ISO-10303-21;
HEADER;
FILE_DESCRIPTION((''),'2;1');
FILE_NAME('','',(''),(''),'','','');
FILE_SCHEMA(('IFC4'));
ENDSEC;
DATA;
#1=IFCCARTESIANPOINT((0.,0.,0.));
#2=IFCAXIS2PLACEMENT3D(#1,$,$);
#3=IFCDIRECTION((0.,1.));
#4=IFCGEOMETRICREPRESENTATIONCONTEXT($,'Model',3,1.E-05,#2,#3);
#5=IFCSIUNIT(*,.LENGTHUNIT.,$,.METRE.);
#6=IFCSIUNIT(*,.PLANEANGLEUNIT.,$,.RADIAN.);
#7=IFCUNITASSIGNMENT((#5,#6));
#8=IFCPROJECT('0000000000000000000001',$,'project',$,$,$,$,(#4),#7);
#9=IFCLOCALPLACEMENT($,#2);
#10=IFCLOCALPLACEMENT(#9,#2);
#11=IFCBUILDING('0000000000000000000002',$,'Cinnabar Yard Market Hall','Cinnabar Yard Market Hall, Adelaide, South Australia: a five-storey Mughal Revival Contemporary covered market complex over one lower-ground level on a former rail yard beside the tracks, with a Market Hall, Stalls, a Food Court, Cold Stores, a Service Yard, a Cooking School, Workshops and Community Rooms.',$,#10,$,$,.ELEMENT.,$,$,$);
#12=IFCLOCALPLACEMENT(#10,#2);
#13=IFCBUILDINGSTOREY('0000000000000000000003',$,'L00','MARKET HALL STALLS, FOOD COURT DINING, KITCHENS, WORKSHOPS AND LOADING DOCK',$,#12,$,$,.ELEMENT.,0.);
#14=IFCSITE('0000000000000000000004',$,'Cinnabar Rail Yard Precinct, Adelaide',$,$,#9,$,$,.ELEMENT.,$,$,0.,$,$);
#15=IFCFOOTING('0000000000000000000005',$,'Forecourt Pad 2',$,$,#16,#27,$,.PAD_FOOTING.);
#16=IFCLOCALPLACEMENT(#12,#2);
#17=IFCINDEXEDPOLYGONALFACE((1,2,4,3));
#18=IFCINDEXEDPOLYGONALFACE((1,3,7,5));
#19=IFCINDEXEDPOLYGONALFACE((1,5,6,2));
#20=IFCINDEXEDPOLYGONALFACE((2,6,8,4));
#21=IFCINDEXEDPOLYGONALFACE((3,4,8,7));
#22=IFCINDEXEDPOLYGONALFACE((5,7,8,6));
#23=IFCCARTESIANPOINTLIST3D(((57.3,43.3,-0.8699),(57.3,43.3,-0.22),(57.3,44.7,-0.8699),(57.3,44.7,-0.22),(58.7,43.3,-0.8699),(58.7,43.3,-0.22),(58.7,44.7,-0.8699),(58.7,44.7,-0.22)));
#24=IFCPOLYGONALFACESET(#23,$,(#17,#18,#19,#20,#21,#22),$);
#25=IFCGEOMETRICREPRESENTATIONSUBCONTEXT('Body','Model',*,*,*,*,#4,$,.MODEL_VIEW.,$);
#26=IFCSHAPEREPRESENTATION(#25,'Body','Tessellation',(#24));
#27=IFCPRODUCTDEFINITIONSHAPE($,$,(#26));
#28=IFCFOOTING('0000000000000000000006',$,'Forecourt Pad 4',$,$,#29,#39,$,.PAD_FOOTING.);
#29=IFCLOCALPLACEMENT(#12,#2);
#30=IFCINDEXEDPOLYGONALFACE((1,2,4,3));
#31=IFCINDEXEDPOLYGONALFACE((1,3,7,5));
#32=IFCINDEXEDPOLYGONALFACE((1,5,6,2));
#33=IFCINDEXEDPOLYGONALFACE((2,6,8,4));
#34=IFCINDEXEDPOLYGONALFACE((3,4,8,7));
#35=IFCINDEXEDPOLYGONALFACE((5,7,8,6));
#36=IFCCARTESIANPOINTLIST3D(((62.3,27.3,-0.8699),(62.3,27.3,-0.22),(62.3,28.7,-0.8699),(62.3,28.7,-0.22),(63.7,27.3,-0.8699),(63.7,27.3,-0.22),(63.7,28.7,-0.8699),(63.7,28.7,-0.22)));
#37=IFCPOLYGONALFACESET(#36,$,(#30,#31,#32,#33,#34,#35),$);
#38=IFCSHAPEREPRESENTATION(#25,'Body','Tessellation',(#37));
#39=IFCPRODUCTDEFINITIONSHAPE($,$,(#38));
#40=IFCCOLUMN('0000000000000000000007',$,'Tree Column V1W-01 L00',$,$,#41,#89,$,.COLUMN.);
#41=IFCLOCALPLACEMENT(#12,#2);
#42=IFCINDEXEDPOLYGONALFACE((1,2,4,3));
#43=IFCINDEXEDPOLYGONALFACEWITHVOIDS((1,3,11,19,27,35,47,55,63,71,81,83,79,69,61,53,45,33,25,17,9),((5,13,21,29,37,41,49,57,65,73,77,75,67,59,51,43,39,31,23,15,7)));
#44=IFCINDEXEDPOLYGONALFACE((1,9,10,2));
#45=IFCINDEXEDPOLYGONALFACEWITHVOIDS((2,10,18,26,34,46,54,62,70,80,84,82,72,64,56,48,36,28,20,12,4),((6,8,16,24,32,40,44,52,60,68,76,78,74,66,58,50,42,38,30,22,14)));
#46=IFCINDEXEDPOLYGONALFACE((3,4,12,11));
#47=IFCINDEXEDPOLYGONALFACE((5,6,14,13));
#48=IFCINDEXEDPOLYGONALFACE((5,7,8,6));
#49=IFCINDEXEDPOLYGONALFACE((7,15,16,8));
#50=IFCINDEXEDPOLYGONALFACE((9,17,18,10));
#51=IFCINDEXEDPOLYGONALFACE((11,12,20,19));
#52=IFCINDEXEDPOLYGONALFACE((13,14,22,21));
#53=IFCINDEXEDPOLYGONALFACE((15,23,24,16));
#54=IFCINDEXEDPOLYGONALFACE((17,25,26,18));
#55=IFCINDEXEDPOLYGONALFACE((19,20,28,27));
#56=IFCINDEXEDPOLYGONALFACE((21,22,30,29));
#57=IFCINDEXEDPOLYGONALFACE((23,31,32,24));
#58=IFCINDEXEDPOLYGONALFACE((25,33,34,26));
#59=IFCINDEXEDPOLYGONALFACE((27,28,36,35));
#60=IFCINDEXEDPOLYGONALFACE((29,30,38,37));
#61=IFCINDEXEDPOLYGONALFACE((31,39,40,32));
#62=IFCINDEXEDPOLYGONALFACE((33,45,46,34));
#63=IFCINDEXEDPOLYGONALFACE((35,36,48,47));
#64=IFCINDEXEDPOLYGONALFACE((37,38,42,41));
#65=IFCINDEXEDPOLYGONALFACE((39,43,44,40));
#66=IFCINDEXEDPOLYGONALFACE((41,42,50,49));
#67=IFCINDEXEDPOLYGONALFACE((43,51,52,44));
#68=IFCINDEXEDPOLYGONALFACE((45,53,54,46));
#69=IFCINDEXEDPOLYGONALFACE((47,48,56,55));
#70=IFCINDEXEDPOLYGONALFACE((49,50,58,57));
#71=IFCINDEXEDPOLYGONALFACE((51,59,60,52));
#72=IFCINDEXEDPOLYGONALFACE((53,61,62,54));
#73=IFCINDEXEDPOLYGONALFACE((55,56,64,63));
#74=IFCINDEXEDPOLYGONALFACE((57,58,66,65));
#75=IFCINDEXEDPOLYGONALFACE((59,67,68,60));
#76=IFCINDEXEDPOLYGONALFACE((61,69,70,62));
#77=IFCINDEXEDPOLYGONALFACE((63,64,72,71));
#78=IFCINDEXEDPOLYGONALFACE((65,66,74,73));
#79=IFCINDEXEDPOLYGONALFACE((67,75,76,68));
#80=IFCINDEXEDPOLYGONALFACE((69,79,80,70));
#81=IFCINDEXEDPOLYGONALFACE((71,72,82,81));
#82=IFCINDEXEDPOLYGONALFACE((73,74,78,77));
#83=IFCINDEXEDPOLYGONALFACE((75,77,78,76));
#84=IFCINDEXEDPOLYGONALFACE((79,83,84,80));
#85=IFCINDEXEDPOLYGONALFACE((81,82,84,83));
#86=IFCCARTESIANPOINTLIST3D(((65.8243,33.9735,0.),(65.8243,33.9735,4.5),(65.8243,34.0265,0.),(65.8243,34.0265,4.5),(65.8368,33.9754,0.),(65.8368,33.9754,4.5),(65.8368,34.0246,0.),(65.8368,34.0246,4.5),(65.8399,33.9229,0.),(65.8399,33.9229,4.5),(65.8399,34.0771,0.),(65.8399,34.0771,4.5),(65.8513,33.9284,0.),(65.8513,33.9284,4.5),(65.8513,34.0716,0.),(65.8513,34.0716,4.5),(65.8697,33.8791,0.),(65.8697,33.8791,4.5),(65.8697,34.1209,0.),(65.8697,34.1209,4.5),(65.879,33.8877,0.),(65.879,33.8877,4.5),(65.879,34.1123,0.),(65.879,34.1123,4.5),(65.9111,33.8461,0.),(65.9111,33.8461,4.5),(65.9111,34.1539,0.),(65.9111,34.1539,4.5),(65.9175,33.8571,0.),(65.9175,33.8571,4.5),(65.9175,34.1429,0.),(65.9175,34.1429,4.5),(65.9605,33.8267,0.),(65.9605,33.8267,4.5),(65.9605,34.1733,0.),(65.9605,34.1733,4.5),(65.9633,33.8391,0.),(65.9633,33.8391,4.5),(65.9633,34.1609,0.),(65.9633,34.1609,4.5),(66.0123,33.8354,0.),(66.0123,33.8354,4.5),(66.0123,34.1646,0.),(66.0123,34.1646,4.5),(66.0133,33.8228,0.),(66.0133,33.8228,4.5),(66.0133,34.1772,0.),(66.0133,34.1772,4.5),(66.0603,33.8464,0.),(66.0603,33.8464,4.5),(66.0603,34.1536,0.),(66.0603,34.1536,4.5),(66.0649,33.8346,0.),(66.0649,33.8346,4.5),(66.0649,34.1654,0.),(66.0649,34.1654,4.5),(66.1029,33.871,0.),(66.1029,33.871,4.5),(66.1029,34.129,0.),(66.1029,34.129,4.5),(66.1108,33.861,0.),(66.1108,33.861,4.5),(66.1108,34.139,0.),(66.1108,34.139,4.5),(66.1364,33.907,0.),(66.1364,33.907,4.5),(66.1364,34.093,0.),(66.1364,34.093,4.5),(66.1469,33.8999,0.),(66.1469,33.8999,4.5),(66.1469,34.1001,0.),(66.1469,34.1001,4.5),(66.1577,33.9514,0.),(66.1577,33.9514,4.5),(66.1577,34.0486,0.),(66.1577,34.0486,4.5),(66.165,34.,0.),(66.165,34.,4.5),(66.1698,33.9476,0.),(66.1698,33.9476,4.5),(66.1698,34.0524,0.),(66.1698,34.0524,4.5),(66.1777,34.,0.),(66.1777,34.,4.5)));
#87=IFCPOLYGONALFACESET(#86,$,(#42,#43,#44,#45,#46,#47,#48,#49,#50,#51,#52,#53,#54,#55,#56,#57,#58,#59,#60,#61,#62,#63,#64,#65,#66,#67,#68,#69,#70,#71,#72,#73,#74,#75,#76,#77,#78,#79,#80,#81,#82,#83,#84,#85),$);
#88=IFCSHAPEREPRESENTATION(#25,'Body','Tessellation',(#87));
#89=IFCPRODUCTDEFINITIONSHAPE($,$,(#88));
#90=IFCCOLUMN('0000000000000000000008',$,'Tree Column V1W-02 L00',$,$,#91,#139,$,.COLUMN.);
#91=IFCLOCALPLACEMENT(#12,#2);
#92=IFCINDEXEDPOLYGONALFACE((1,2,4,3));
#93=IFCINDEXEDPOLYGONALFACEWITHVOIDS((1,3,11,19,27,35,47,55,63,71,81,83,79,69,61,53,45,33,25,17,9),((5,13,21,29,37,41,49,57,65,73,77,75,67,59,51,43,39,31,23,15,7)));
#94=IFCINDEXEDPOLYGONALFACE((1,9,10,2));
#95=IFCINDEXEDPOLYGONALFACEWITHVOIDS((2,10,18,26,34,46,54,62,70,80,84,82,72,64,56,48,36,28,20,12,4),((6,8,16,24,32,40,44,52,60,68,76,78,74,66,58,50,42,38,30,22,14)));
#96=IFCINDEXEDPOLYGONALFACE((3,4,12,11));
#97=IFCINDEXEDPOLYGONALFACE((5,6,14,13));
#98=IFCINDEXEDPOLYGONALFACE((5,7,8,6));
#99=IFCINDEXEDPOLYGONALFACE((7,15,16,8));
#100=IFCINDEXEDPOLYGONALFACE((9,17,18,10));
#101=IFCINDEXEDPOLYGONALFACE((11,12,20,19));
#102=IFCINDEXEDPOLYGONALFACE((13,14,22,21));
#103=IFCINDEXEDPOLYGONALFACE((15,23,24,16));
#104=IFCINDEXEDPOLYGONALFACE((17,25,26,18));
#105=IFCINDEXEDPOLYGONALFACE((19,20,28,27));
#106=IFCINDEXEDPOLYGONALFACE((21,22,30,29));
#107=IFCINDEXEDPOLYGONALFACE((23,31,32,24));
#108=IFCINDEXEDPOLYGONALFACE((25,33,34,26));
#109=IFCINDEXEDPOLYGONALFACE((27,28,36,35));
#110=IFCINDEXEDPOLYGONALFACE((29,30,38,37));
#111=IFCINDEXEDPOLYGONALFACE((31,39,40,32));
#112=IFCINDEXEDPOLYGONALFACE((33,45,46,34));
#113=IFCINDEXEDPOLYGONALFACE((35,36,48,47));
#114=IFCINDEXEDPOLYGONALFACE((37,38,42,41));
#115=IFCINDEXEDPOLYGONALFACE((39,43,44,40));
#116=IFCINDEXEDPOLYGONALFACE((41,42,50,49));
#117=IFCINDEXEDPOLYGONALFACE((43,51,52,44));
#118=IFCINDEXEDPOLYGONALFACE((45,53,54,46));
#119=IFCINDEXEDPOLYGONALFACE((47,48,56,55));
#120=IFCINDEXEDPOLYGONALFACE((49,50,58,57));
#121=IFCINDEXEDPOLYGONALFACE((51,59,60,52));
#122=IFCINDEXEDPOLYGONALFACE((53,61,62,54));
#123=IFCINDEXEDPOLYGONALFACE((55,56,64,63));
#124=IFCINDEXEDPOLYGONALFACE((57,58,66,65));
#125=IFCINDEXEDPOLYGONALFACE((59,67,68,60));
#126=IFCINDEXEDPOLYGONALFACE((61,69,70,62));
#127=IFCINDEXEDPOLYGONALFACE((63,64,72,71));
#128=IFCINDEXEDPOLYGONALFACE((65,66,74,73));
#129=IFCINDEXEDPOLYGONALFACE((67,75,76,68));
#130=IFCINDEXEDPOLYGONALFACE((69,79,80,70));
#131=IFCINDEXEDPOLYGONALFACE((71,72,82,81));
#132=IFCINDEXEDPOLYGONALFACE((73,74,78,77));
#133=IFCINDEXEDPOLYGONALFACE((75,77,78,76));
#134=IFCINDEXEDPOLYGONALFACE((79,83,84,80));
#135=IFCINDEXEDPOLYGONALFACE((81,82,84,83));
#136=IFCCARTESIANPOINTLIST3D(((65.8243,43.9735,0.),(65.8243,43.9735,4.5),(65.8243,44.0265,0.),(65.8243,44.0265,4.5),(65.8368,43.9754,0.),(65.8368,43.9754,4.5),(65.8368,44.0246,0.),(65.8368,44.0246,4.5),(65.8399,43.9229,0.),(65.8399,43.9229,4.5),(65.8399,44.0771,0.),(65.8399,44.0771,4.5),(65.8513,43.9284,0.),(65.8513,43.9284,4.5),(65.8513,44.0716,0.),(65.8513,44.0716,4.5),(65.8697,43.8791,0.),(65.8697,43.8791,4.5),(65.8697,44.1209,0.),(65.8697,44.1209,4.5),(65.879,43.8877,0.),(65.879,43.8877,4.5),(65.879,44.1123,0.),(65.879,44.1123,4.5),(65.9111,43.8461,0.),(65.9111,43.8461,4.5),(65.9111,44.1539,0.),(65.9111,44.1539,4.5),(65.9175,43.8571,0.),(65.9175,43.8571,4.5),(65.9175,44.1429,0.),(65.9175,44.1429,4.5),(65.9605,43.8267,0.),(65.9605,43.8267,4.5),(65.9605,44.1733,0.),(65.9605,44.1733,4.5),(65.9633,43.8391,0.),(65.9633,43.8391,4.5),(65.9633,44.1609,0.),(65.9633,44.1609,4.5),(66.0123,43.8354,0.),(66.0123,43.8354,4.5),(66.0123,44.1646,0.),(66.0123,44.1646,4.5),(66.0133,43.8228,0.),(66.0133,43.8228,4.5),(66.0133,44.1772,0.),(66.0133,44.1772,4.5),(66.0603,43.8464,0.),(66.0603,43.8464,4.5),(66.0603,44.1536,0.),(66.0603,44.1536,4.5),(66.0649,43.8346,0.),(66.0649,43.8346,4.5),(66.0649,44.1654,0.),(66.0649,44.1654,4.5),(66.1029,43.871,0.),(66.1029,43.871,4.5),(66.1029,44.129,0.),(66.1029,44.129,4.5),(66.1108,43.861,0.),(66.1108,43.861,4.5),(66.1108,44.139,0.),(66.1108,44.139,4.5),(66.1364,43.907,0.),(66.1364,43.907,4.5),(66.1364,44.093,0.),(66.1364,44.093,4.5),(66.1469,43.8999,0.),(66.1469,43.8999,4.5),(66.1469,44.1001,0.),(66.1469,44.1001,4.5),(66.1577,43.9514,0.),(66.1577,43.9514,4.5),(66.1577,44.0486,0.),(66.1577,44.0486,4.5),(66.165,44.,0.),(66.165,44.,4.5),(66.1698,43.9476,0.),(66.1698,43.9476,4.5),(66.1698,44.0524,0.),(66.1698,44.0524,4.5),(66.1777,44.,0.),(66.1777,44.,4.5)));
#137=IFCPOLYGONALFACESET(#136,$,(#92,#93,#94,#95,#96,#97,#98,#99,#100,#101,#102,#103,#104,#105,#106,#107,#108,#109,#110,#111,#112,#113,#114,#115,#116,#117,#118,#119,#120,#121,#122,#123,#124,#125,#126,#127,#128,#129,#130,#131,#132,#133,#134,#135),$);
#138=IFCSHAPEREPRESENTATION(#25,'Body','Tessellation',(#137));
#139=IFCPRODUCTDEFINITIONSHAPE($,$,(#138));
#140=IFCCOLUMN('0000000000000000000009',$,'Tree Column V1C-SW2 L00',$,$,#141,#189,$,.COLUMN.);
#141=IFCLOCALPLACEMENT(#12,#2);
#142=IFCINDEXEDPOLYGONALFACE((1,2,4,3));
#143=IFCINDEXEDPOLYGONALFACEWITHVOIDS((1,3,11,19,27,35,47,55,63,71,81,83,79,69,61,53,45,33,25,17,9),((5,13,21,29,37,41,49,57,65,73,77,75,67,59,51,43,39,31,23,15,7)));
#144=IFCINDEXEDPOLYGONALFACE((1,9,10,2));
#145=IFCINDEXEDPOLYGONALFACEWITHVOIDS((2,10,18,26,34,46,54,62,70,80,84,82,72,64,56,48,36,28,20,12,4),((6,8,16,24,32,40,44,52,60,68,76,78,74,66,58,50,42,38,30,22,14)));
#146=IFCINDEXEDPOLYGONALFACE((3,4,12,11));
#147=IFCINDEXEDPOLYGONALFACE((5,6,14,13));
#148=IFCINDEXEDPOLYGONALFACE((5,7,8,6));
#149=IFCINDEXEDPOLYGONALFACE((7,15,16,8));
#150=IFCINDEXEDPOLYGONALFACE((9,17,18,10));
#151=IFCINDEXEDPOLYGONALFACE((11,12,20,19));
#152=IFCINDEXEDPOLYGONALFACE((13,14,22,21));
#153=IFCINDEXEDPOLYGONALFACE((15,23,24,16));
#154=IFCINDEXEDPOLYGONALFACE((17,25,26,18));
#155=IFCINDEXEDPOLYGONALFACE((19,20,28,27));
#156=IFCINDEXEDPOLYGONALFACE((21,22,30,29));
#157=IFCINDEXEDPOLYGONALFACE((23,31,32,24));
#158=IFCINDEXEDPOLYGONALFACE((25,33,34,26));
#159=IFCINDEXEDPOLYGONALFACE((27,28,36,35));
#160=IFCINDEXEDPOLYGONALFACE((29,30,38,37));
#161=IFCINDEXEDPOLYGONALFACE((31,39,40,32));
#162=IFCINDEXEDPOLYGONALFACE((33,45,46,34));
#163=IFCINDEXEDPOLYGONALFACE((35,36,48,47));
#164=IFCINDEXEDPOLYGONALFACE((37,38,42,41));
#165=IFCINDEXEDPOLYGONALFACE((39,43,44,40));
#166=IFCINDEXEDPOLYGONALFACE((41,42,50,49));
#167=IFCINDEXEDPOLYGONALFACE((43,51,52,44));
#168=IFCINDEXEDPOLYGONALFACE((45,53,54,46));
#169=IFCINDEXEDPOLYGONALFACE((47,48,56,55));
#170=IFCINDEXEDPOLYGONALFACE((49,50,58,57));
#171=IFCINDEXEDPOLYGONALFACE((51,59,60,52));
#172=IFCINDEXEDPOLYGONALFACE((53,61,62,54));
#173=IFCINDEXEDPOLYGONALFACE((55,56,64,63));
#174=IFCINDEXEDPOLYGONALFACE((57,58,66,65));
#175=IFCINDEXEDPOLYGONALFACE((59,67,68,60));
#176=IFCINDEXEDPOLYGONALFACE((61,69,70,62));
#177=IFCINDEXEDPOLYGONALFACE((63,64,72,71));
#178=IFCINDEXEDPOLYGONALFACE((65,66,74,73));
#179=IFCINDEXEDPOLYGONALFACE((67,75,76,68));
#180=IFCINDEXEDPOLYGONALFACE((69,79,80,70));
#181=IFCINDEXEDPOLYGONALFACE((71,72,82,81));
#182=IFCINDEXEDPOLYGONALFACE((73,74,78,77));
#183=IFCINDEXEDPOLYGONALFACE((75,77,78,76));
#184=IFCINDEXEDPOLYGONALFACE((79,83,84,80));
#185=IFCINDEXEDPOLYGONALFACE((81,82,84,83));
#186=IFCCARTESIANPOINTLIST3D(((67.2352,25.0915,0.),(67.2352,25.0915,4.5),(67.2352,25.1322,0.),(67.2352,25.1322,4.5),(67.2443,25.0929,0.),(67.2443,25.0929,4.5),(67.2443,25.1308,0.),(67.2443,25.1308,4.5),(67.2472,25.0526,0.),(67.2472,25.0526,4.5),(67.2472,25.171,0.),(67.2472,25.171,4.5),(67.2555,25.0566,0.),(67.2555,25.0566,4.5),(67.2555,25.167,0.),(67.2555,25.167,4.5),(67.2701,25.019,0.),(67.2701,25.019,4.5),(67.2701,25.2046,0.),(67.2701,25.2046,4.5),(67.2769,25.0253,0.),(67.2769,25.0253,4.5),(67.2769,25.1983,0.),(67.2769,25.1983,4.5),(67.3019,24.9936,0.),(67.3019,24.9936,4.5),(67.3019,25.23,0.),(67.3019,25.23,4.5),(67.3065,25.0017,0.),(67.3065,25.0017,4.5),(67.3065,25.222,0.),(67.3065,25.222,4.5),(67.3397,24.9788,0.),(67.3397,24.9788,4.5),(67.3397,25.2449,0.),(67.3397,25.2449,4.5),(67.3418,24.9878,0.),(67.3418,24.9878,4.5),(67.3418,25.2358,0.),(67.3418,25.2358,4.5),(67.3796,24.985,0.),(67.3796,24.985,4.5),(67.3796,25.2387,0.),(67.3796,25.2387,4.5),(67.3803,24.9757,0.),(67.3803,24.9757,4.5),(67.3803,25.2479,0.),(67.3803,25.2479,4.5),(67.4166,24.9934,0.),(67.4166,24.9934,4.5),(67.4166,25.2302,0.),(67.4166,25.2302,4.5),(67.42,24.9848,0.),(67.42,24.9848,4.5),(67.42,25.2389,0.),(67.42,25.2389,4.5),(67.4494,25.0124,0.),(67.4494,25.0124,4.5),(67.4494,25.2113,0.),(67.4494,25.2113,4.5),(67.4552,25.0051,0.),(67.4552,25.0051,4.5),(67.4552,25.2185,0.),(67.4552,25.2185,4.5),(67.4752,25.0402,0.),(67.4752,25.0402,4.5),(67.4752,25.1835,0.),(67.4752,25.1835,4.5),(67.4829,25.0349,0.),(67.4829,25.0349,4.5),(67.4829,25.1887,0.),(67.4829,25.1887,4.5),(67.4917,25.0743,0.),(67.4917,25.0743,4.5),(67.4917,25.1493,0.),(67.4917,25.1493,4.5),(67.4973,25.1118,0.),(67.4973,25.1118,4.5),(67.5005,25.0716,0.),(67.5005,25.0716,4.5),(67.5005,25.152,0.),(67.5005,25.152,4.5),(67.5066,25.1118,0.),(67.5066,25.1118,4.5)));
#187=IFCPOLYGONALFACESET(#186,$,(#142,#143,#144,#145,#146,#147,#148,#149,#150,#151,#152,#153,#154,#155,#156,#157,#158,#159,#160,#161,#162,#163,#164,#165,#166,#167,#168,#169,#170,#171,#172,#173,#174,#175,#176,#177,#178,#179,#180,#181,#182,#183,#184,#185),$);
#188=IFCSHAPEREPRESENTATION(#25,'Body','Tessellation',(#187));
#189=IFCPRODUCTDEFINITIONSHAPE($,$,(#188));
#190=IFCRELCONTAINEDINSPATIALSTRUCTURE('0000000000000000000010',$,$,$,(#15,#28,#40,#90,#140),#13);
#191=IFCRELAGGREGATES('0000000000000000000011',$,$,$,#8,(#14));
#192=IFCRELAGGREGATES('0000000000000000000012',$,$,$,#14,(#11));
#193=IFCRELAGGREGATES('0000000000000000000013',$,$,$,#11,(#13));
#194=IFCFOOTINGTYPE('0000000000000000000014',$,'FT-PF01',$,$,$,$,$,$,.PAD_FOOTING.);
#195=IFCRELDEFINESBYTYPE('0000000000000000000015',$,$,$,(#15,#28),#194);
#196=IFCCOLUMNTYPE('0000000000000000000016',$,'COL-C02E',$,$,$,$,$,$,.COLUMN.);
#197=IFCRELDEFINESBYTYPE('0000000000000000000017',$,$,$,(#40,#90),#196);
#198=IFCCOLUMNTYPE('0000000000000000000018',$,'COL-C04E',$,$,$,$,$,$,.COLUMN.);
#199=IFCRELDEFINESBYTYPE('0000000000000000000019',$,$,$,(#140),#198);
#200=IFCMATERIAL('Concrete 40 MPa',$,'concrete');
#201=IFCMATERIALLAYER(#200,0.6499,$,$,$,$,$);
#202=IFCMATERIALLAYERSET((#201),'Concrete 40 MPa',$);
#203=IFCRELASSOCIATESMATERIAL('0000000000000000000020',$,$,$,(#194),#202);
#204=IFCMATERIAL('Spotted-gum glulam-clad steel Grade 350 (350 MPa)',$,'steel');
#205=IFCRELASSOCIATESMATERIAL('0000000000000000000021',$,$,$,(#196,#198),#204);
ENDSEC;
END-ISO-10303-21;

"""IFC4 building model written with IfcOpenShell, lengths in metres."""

from ifc_helpers import new_model, si_unit, direction, frame, origin, origin_2d_with_axis, place, context, subcontext, project, spatial, rectangle, hollow_circle, extrude, material, layer, layer_set, material_profile, profile_set, type_object, element, save


model = new_model("IFC4")

# Units and contexts
model_context = context("Model", 3, precision=1e-05, world=origin(), true_north=direction((0.0, 1.0)))
body_context = subcontext(model_context, "Body", "Model", "MODEL_VIEW")
ifc_project = project(units=[si_unit("LENGTHUNIT", "METRE"), si_unit("PLANEANGLEUNIT", "RADIAN")], contexts=[model_context])

# Site, building, storey
site_placement = place(None, origin())
site = spatial("IfcSite", under=ifc_project, at=site_placement, Name="Cinnabar Rail Yard Precinct, Adelaide", CompositionType="ELEMENT", RefElevation=0.0)
building_placement = place(site_placement, origin())
building = spatial("IfcBuilding", under=site, at=building_placement, Name="Cinnabar Yard Market Hall", Description="Cinnabar Yard Market Hall, Adelaide, South Australia: a five-storey Mughal Revival Contemporary covered market complex over one lower-ground level on a former rail yard beside the tracks, with a Market Hall, Stalls, a Food Court, Cold Stores, a Service Yard, a Cooking School, Workshops and Community Rooms.", CompositionType="ELEMENT")
storey_placement = place(building_placement, origin())
storey = spatial("IfcBuildingStorey", under=building, at=storey_placement, Name="L00", Description="MARKET HALL STALLS, FOOD COURT DINING, KITCHENS, WORKSHOPS AND LOADING DOCK", CompositionType="ELEMENT", Elevation=0.0)

# Footings
ifc_material_1 = material(Name="Concrete 40 MPa", Category="concrete")
ifc_layer_1 = layer(ifc_material_1, 0.6499)
ifc_layer_set_1 = layer_set([ifc_layer_1], Name="Concrete 40 MPa")
footing_type = type_object("IfcFootingType", Name="FT-PF01", PredefinedType="PAD_FOOTING", material=ifc_layer_set_1)
for number, where, z_axis, x_axis, name in (
    (1, (58.0, 44.0, -0.8699), (0.0, 0.0, 1.0), (1.0, 0.0, 0.0), "Forecourt Pad 2"),
    (2, (63.0, 28.0, -0.8699), (0.0, 0.0, 1.0), (1.0, 0.0, 0.0), "Forecourt Pad 4"),
):
    element("IfcFooting", number, at=place(storey_placement, frame(where, z_axis=z_axis, x_axis=x_axis)), inside=storey, type_object=footing_type, Name=name, PredefinedType="PAD_FOOTING", context=body_context, shape_type="SweptSolid", body=[
        extrude(rectangle(XDim=1.3999, YDim=1.3999, at=origin_2d_with_axis()), origin(), (0.0, 0.0, 1.0), 0.6499),
    ])

# Columns
ifc_material_2 = material(Name="Spotted-gum glulam-clad steel Grade 350 (350 MPa)", Category="steel")
ifc_material_profile_1 = material_profile(ifc_material_2, hollow_circle(Radius=0.1777, WallThickness=0.0127, at=origin_2d_with_axis()), Name="355.6x12.7CHS")
ifc_profile_set_1 = profile_set([ifc_material_profile_1], Name="Spotted-gum glulam-clad steel Grade 350 (350 MPa)")
column_type_1 = type_object("IfcColumnType", Name="COL-C02E", PredefinedType="COLUMN", material=ifc_profile_set_1)
for number, where, z_axis, x_axis, name in (
    (3, (66.0, 34.0, 0.0), (0.0, 0.0, 1.0), (1.0, 0.0, 0.0), "Tree Column V1W-01 L00"),
    (4, (66.0, 44.0, 0.0), (0.0, 0.0, 1.0), (1.0, 0.0, 0.0), "Tree Column V1W-02 L00"),
):
    element("IfcColumn", number, at=place(storey_placement, frame(where, z_axis=z_axis, x_axis=x_axis)), inside=storey, type_object=column_type_1, Name=name, PredefinedType="COLUMN", context=body_context, shape_type="SweptSolid", body=[
        extrude(hollow_circle(Radius=0.1777, WallThickness=0.0127, at=origin_2d_with_axis()), origin(), (0.0, 0.0, 1.0), 4.5),
    ])
ifc_material_profile_2 = material_profile(ifc_material_2, hollow_circle(Radius=0.1365, WallThickness=0.0093, at=origin_2d_with_axis()), Name="273.1x9.3CHS")
ifc_profile_set_2 = profile_set([ifc_material_profile_2], Name="Spotted-gum glulam-clad steel Grade 350 (350 MPa)")
column_type_2 = type_object("IfcColumnType", Name="COL-C04E", PredefinedType="COLUMN", material=ifc_profile_set_2)
column_placement = place(storey_placement, frame((67.3701, 25.1118, 0.0), z_axis=(0.0, 0.0, 1.0), x_axis=(1.0, 0.0, 0.0)))
element("IfcColumn", 5, at=column_placement, inside=storey, type_object=column_type_2, Name="Tree Column V1C-SW2 L00", PredefinedType="COLUMN", context=body_context, shape_type="SweptSolid", body=[
    extrude(hollow_circle(Radius=0.1365, WallThickness=0.0093, at=origin_2d_with_axis()), origin(), (0.0, 0.0, 1.0), 4.5),
])

save(model, "model.ifc")
